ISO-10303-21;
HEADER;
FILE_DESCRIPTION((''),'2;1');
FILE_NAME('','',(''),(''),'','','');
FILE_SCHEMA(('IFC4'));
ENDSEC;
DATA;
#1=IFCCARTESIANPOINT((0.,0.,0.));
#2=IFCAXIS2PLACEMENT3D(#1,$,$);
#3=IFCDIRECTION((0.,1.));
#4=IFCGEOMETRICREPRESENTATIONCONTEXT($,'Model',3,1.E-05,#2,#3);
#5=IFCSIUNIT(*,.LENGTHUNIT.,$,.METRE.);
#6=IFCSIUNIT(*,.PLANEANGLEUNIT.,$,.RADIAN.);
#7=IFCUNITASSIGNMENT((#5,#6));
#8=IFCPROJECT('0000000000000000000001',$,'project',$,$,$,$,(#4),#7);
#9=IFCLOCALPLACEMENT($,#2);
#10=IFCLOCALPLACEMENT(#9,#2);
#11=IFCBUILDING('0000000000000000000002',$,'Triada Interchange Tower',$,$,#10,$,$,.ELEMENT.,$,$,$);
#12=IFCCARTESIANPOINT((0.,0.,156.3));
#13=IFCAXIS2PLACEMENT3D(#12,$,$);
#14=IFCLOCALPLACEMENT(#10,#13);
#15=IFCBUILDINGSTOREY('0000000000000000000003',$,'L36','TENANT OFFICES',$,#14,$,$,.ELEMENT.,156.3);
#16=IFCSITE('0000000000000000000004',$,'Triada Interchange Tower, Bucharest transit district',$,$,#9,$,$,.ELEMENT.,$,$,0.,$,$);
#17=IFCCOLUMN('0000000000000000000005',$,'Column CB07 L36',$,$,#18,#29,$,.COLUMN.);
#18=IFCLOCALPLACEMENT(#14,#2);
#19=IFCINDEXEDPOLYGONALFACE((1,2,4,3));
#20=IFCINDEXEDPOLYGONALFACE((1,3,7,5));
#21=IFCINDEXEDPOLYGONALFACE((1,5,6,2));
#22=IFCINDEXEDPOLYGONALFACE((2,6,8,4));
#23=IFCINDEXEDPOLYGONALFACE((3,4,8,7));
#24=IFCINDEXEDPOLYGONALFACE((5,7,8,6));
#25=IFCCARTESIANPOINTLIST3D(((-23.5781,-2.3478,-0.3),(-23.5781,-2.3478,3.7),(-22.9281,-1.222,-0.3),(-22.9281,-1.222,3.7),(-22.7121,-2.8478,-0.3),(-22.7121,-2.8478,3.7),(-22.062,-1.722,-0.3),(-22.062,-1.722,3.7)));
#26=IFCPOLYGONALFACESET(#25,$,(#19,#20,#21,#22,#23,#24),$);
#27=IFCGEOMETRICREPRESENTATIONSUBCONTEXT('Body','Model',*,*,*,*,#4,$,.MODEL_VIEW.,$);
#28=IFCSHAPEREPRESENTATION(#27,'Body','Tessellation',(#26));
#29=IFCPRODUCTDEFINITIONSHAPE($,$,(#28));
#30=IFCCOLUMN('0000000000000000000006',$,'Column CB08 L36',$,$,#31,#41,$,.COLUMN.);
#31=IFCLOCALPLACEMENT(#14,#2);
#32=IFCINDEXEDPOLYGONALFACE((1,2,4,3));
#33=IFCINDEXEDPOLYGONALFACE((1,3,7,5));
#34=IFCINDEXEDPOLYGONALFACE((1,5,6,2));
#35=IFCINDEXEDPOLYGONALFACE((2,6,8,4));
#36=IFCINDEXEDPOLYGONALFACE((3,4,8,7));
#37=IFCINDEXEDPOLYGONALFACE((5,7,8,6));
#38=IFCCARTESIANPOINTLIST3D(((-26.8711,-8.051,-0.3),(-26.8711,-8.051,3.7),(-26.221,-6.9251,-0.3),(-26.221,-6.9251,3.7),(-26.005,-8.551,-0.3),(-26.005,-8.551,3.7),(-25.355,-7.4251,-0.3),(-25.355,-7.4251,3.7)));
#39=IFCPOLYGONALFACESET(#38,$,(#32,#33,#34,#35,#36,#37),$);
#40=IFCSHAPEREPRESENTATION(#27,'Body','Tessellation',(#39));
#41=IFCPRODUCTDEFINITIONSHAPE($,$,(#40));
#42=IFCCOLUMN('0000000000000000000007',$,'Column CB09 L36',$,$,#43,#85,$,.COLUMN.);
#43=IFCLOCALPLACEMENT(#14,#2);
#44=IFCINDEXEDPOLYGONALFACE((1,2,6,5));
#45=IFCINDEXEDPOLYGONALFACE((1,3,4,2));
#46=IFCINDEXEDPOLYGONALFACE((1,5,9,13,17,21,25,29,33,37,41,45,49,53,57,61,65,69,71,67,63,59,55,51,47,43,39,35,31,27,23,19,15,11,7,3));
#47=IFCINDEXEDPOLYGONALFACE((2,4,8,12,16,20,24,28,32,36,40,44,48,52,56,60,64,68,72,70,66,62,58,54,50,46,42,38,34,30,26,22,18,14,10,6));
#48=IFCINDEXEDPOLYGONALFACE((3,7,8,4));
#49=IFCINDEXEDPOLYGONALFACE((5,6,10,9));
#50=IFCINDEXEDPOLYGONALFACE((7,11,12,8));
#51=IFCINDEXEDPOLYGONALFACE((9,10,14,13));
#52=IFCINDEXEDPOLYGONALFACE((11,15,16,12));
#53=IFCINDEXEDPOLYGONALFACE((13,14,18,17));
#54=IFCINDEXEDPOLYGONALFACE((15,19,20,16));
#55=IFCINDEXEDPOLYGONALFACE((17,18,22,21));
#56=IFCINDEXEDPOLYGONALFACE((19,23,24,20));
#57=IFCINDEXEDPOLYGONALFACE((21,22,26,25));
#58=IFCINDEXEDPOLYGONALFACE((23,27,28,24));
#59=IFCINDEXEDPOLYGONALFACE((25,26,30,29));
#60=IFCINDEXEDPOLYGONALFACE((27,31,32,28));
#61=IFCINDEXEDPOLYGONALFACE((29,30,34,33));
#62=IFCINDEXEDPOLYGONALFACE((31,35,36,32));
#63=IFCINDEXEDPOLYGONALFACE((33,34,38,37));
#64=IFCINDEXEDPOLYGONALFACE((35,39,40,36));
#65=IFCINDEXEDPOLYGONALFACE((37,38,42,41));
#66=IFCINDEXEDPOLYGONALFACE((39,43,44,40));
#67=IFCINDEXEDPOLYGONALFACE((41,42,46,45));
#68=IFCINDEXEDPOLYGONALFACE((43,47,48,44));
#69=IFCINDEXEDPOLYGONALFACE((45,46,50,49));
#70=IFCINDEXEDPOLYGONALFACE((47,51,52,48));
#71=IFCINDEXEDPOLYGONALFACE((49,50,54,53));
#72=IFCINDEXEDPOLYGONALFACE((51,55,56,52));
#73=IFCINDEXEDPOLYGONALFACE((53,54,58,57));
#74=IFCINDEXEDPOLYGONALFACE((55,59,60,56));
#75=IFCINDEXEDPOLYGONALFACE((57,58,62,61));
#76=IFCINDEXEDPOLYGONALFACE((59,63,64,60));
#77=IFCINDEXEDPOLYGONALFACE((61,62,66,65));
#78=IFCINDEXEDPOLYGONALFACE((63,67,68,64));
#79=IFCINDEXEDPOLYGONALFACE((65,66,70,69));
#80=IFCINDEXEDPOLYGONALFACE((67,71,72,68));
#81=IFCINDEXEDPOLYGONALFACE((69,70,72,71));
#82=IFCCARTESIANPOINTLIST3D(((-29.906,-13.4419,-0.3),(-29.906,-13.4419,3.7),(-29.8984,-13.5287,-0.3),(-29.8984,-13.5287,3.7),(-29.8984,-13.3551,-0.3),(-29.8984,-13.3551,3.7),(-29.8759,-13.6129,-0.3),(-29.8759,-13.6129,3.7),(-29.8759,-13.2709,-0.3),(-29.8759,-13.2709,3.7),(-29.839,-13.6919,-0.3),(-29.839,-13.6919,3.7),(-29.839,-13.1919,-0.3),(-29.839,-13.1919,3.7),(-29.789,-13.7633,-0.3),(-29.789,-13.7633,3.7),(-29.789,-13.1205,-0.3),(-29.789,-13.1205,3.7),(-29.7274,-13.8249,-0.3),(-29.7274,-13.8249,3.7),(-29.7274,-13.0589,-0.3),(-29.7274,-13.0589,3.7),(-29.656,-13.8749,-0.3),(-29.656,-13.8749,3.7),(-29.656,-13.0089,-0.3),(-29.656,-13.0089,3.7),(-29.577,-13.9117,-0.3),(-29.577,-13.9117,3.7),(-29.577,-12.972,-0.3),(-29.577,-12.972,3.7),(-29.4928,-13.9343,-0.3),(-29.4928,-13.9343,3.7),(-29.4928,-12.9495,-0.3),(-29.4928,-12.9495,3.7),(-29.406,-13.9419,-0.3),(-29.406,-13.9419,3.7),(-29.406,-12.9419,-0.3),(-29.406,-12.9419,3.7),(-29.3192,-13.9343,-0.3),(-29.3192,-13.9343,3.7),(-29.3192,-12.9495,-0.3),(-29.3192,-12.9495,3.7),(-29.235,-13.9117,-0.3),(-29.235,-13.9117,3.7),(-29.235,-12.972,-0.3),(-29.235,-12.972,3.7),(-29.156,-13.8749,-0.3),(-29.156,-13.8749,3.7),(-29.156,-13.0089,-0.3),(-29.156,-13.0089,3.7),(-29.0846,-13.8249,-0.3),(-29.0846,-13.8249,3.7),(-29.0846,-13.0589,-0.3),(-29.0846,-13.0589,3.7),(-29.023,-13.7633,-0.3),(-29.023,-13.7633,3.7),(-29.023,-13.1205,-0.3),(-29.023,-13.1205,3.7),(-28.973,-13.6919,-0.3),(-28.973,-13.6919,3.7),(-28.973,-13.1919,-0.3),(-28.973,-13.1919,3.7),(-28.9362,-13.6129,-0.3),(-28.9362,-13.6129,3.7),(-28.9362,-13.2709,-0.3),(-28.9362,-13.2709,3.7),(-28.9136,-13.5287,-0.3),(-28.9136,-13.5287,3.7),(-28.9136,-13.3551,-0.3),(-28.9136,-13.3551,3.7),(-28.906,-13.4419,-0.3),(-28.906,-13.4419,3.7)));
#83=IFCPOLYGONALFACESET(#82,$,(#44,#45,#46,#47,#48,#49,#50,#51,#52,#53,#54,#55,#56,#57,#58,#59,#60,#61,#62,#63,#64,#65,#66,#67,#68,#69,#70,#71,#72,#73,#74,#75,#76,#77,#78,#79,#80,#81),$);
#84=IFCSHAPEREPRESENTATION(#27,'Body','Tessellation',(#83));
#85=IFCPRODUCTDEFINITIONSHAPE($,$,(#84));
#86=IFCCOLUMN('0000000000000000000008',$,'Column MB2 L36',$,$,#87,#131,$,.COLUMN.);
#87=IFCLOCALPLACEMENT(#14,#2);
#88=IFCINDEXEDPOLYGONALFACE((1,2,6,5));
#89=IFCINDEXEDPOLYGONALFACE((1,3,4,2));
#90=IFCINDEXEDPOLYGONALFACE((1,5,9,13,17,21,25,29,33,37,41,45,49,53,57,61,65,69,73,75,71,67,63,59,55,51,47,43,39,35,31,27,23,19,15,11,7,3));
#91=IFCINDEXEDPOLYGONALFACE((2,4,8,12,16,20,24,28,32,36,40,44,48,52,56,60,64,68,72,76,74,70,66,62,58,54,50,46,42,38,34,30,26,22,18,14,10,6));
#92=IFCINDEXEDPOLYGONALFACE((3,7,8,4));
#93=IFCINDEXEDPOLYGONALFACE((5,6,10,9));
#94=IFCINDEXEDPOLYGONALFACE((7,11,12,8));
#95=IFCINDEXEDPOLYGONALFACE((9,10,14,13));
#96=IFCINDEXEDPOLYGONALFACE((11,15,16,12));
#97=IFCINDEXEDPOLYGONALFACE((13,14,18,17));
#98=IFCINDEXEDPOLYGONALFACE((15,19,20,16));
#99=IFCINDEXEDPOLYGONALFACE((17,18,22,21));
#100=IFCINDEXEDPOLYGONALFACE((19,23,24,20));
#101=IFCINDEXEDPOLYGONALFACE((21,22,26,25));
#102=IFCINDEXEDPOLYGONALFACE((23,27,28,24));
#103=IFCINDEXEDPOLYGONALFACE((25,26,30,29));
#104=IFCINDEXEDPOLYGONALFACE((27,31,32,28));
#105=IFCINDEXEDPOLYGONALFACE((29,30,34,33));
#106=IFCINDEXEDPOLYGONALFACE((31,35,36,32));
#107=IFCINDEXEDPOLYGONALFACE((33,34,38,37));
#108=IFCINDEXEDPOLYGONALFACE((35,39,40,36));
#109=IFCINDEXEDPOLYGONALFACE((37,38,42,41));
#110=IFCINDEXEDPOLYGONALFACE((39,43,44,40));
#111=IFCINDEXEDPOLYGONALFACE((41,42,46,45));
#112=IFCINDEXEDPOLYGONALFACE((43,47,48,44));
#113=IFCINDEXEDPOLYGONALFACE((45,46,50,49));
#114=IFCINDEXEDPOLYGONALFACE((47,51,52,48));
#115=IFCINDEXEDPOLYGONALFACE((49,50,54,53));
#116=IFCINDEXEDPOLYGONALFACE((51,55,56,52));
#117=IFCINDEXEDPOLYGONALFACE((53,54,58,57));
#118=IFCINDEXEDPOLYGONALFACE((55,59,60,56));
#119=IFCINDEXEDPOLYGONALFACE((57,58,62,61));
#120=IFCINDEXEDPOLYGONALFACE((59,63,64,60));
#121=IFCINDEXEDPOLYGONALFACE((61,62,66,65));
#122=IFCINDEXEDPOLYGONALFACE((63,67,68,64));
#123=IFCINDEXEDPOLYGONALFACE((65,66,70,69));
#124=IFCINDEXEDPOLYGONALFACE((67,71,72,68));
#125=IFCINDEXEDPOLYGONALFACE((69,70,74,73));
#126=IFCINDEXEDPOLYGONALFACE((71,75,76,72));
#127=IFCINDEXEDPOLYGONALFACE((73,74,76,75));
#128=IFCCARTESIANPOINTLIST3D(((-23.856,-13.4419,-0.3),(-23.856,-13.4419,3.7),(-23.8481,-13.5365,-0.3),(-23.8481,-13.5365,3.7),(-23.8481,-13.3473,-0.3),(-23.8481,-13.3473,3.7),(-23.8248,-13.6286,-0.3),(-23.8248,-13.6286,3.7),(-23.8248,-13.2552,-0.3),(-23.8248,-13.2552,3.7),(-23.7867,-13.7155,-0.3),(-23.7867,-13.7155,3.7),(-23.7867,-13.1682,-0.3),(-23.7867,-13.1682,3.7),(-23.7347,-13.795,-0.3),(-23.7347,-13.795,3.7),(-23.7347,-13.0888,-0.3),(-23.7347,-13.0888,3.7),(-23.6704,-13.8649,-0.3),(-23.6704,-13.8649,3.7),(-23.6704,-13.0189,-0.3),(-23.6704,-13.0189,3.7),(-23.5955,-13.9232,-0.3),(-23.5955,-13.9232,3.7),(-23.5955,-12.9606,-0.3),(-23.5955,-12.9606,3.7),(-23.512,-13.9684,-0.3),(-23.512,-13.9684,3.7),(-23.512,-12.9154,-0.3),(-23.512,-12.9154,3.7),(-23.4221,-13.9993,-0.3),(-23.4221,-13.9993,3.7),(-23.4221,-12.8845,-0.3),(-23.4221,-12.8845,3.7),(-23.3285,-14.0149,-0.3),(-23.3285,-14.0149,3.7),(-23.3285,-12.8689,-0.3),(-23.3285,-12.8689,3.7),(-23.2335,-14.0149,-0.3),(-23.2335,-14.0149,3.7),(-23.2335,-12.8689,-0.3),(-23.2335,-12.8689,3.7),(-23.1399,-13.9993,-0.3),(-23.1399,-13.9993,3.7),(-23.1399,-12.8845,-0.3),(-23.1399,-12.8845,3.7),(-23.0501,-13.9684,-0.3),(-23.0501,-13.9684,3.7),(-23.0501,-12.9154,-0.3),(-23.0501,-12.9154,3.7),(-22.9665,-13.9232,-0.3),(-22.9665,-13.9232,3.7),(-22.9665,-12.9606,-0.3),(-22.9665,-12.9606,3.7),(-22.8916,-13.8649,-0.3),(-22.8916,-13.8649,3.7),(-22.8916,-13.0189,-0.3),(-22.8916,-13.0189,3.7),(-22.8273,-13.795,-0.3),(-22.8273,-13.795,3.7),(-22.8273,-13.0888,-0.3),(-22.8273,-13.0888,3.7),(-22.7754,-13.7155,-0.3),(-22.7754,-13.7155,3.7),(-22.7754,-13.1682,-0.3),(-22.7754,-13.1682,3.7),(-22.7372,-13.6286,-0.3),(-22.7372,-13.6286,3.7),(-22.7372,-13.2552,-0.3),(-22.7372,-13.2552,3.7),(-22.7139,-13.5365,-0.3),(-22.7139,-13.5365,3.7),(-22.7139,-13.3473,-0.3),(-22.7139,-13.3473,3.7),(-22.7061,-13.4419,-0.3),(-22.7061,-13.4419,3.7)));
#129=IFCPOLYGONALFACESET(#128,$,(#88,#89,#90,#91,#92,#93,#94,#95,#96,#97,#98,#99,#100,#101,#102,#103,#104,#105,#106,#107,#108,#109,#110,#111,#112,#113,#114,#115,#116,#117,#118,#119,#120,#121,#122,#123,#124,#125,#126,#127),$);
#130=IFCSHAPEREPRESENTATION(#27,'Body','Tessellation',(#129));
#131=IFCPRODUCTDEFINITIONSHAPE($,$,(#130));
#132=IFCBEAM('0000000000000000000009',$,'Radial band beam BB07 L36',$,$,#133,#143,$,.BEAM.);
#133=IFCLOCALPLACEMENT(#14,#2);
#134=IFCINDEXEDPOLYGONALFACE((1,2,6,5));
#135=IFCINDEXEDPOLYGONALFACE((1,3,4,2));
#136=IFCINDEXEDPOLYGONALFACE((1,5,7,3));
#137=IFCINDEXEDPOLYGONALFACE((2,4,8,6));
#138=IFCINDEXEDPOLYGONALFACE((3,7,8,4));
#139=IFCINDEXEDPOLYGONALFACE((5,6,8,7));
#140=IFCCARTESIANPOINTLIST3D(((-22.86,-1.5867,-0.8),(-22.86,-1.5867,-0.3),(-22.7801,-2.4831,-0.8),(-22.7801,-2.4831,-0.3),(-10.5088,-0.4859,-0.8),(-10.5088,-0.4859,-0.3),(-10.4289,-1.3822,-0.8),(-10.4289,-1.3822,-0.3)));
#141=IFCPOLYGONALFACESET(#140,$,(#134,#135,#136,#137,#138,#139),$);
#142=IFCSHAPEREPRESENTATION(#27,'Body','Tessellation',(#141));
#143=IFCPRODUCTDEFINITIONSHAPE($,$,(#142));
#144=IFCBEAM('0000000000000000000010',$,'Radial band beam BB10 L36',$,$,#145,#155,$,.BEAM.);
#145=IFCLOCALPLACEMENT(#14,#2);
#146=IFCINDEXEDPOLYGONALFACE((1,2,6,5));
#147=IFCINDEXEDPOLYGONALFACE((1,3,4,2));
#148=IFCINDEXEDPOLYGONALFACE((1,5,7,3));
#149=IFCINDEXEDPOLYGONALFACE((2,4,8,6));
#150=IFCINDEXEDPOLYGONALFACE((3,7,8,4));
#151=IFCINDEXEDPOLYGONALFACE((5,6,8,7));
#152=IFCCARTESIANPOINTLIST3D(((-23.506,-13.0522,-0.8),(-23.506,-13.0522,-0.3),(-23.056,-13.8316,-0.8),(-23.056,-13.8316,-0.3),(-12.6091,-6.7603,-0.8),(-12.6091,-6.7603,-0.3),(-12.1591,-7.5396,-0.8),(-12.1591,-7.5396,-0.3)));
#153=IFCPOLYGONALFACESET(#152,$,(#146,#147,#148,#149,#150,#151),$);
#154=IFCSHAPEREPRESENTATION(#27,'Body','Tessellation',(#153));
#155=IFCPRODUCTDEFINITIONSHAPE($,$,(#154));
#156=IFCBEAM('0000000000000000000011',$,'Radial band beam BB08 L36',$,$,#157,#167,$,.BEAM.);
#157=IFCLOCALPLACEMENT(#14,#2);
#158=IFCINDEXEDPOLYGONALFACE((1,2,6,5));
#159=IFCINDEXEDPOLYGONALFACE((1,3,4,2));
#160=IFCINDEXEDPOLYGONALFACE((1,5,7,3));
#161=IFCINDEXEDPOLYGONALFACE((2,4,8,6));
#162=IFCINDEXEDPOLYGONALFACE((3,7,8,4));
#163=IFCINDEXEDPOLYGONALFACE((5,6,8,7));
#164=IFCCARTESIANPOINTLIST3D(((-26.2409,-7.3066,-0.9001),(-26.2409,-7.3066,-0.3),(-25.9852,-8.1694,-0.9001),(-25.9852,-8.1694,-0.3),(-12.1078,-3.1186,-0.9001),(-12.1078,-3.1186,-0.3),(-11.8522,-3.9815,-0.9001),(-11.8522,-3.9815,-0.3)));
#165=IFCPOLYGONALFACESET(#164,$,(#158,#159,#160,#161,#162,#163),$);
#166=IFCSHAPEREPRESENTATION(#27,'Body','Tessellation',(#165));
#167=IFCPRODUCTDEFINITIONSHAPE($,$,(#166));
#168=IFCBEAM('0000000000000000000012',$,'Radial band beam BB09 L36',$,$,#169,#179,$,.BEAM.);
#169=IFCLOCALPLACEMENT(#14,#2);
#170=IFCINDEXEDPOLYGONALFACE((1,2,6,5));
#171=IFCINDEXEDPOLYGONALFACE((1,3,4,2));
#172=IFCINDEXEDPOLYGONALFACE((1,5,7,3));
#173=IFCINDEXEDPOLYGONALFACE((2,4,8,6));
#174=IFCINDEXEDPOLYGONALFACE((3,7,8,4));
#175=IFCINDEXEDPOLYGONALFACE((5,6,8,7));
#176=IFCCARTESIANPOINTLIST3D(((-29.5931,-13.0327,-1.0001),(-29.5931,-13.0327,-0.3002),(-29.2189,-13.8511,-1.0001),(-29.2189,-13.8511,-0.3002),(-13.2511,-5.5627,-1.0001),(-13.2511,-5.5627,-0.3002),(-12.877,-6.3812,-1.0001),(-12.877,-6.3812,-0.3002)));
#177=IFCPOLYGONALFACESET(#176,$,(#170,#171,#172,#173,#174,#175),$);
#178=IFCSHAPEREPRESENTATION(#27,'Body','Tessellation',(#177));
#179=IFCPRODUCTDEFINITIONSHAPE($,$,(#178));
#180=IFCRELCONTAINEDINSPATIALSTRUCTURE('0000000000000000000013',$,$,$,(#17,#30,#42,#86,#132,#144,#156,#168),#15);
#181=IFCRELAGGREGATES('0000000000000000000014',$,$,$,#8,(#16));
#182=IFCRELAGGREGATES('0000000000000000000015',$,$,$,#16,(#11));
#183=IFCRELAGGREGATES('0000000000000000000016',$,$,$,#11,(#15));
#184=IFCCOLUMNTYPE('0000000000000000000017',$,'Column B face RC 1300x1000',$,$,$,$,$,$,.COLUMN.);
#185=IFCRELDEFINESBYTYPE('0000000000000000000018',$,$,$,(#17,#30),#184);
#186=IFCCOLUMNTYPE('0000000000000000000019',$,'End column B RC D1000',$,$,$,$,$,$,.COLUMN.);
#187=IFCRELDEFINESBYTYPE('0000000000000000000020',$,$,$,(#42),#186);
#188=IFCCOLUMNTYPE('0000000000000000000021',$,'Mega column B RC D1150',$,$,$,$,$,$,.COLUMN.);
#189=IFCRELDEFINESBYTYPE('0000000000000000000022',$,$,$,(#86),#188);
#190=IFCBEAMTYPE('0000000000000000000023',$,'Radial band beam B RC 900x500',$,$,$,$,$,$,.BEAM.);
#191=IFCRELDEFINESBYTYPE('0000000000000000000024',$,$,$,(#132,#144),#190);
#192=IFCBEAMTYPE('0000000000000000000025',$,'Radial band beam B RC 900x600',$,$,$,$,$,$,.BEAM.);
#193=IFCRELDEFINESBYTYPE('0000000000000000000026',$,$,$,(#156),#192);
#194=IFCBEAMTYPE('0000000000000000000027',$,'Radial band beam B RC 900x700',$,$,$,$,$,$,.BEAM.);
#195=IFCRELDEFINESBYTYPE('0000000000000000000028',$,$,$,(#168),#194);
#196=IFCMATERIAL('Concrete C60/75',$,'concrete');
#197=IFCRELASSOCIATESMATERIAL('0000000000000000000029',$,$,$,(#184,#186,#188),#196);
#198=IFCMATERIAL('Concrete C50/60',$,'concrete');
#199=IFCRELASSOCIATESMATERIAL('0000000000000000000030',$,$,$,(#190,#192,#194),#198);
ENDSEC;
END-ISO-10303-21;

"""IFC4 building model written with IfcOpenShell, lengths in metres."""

from ifc_helpers import new_model, si_unit, direction, frame, origin, origin_2d, place, context, subcontext, project, spatial, rectangle, circle, extrude, material, material_profile, profile_set, type_object, element, save


model = new_model("IFC4")

# Units and contexts
model_context = context("Model", 3, precision=1e-05, world=origin(), true_north=direction((0.0, 1.0)))
body_context = subcontext(model_context, "Body", "Model", "MODEL_VIEW")
ifc_project = project(units=[si_unit("LENGTHUNIT", "METRE"), si_unit("PLANEANGLEUNIT", "RADIAN")], contexts=[model_context])

# Site, building, storey
site_placement = place(None, origin())
site = spatial("IfcSite", under=ifc_project, at=site_placement, Name="Triada Interchange Tower, Bucharest transit district", CompositionType="ELEMENT", RefElevation=0.0)
building_placement = place(site_placement, origin())
building = spatial("IfcBuilding", under=site, at=building_placement, Name="Triada Interchange Tower", CompositionType="ELEMENT")
storey_placement = place(building_placement, frame((0.0, 0.0, 156.3)))
storey = spatial("IfcBuildingStorey", under=building, at=storey_placement, Name="L36", Description="TENANT OFFICES", CompositionType="ELEMENT", Elevation=156.3)

# Columns
ifc_material_1 = material(Name="Concrete C60/75", Category="concrete")
ifc_material_profile_1 = material_profile(ifc_material_1, rectangle(XDim=1.3, YDim=1.0, at=origin_2d()), Name="RC 1300x1000")
ifc_profile_set_1 = profile_set([ifc_material_profile_1], Name="Concrete C60/75")
column_type_1 = type_object("IfcColumnType", Name="Column B face RC 1300x1000", PredefinedType="COLUMN", material=ifc_profile_set_1)
for number, where, z_axis, x_axis, name in (
    (1, (-22.8201, -2.0349, -0.3), (0.0, 0.0, 1.0), (0.5, 0.866025, 0.0), "Column CB07 L36"),
    (2, (-26.113, -7.738, -0.3), (0.0, 0.0, 1.0), (0.5, 0.866025, 0.0), "Column CB08 L36"),
):
    element("IfcColumn", number, at=place(storey_placement, frame(where, z_axis=z_axis, x_axis=x_axis)), inside=storey, type_object=column_type_1, Name=name, PredefinedType="COLUMN", context=body_context, shape_type="SweptSolid", body=[
        extrude(rectangle(XDim=1.3, YDim=1.0, at=origin_2d()), origin(), (0.0, 0.0, 1.0), 4.0),
    ])
ifc_material_profile_2 = material_profile(ifc_material_1, circle(Radius=0.5, at=origin_2d()), Name="RC D1000")
ifc_profile_set_2 = profile_set([ifc_material_profile_2], Name="Concrete C60/75")
column_type_2 = type_object("IfcColumnType", Name="End column B RC D1000", PredefinedType="COLUMN", material=ifc_profile_set_2)
column_1_placement = place(storey_placement, frame((-29.406, -13.4419, -0.3), z_axis=(0.0, 0.0, 1.0), x_axis=(0.5, 0.866025, 0.0)))
element("IfcColumn", 3, at=column_1_placement, inside=storey, type_object=column_type_2, Name="Column CB09 L36", PredefinedType="COLUMN", context=body_context, shape_type="SweptSolid", body=[
    extrude(circle(Radius=0.5, at=origin_2d()), origin(), (0.0, 0.0, 1.0), 4.0),
])
ifc_material_profile_3 = material_profile(ifc_material_1, circle(Radius=0.575, at=origin_2d()), Name="RC D1150")
ifc_profile_set_3 = profile_set([ifc_material_profile_3], Name="Concrete C60/75")
column_type_3 = type_object("IfcColumnType", Name="Mega column B RC D1150", PredefinedType="COLUMN", material=ifc_profile_set_3)
column_2_placement = place(storey_placement, frame((-23.281, -13.4419, -0.3), z_axis=(0.0, 0.0, 1.0), x_axis=(1.0, 0.0, 0.0)))
element("IfcColumn", 4, at=column_2_placement, inside=storey, type_object=column_type_3, Name="Column MB2 L36", PredefinedType="COLUMN", context=body_context, shape_type="SweptSolid", body=[
    extrude(circle(Radius=0.575, at=origin_2d()), origin(), (0.0, 0.0, 1.0), 4.0),
])

# Beams
ifc_material_2 = material(Name="Concrete C50/60", Category="concrete")
ifc_material_profile_4 = material_profile(ifc_material_2, rectangle(XDim=0.8999, YDim=0.5, at=origin_2d()), Name="RC 900x500")
ifc_profile_set_4 = profile_set([ifc_material_profile_4], Name="Concrete C50/60")
beam_type_1 = type_object("IfcBeamType", Name="Radial band beam B RC 900x500", PredefinedType="BEAM", material=ifc_profile_set_4)
beam_1_placement = place(storey_placement, frame((-22.8201, -2.0349, -0.55), z_axis=(0.996052, 0.088776, 0.0), x_axis=(-0.088776, 0.996052, 0.0)))
element("IfcBeam", 5, at=beam_1_placement, inside=storey, type_object=beam_type_1, Name="Radial band beam BB07 L36", PredefinedType="BEAM", context=body_context, shape_type="SweptSolid", body=[
    extrude(rectangle(XDim=0.8999, YDim=0.5, at=origin_2d()), origin(), (0.0, 0.0, 1.0), 12.4001),
])
beam_2_placement = place(storey_placement, frame((-23.281, -13.4419, -0.55), z_axis=(0.866004, 0.500037, 0.0), x_axis=(-0.500037, 0.866004, 0.0)))
element("IfcBeam", 6, at=beam_2_placement, inside=storey, type_object=beam_type_1, Name="Radial band beam BB10 L36", PredefinedType="BEAM", context=body_context, shape_type="SweptSolid", body=[
    extrude(rectangle(XDim=0.8999, YDim=0.5, at=origin_2d()), origin(), (0.0, 0.0, 1.0), 12.583),
])
ifc_material_profile_5 = material_profile(ifc_material_2, rectangle(XDim=0.8999, YDim=0.6001, at=origin_2d()), Name="RC 900x600")
ifc_profile_set_5 = profile_set([ifc_material_profile_5], Name="Concrete C50/60")
beam_type_2 = type_object("IfcBeamType", Name="Radial band beam B RC 900x600", PredefinedType="BEAM", material=ifc_profile_set_5)
beam_3_placement = place(storey_placement, frame((-26.113, -7.738, -0.6001), z_axis=(0.95879, 0.284114, 0.0), x_axis=(-0.284114, 0.95879, 0.0)))
element("IfcBeam", 7, at=beam_3_placement, inside=storey, type_object=beam_type_2, Name="Radial band beam BB08 L36", PredefinedType="BEAM", context=body_context, shape_type="SweptSolid", body=[
    extrude(rectangle(XDim=0.8999, YDim=0.6001, at=origin_2d()), origin(), (0.0, 0.0, 1.0), 14.7405),
])
ifc_material_profile_6 = material_profile(ifc_material_2, rectangle(XDim=0.8999, YDim=0.7, at=origin_2d()), Name="RC 900x700")
ifc_profile_set_6 = profile_set([ifc_material_profile_6], Name="Concrete C50/60")
beam_type_3 = type_object("IfcBeamType", Name="Radial band beam B RC 900x700", PredefinedType="BEAM", material=ifc_profile_set_6)
beam_4_placement = place(storey_placement, frame((-29.406, -13.4419, -0.6501), z_axis=(0.909489, 0.415729, 0.0), x_axis=(-0.415729, 0.909489, 0.0)))
element("IfcBeam", 8, at=beam_4_placement, inside=storey, type_object=beam_type_3, Name="Radial band beam BB09 L36", PredefinedType="BEAM", context=body_context, shape_type="SweptSolid", body=[
    extrude(rectangle(XDim=0.8999, YDim=0.7, at=origin_2d()), origin(), (0.0, 0.0, 1.0), 17.9683),
])

save(model, "model.ifc")
